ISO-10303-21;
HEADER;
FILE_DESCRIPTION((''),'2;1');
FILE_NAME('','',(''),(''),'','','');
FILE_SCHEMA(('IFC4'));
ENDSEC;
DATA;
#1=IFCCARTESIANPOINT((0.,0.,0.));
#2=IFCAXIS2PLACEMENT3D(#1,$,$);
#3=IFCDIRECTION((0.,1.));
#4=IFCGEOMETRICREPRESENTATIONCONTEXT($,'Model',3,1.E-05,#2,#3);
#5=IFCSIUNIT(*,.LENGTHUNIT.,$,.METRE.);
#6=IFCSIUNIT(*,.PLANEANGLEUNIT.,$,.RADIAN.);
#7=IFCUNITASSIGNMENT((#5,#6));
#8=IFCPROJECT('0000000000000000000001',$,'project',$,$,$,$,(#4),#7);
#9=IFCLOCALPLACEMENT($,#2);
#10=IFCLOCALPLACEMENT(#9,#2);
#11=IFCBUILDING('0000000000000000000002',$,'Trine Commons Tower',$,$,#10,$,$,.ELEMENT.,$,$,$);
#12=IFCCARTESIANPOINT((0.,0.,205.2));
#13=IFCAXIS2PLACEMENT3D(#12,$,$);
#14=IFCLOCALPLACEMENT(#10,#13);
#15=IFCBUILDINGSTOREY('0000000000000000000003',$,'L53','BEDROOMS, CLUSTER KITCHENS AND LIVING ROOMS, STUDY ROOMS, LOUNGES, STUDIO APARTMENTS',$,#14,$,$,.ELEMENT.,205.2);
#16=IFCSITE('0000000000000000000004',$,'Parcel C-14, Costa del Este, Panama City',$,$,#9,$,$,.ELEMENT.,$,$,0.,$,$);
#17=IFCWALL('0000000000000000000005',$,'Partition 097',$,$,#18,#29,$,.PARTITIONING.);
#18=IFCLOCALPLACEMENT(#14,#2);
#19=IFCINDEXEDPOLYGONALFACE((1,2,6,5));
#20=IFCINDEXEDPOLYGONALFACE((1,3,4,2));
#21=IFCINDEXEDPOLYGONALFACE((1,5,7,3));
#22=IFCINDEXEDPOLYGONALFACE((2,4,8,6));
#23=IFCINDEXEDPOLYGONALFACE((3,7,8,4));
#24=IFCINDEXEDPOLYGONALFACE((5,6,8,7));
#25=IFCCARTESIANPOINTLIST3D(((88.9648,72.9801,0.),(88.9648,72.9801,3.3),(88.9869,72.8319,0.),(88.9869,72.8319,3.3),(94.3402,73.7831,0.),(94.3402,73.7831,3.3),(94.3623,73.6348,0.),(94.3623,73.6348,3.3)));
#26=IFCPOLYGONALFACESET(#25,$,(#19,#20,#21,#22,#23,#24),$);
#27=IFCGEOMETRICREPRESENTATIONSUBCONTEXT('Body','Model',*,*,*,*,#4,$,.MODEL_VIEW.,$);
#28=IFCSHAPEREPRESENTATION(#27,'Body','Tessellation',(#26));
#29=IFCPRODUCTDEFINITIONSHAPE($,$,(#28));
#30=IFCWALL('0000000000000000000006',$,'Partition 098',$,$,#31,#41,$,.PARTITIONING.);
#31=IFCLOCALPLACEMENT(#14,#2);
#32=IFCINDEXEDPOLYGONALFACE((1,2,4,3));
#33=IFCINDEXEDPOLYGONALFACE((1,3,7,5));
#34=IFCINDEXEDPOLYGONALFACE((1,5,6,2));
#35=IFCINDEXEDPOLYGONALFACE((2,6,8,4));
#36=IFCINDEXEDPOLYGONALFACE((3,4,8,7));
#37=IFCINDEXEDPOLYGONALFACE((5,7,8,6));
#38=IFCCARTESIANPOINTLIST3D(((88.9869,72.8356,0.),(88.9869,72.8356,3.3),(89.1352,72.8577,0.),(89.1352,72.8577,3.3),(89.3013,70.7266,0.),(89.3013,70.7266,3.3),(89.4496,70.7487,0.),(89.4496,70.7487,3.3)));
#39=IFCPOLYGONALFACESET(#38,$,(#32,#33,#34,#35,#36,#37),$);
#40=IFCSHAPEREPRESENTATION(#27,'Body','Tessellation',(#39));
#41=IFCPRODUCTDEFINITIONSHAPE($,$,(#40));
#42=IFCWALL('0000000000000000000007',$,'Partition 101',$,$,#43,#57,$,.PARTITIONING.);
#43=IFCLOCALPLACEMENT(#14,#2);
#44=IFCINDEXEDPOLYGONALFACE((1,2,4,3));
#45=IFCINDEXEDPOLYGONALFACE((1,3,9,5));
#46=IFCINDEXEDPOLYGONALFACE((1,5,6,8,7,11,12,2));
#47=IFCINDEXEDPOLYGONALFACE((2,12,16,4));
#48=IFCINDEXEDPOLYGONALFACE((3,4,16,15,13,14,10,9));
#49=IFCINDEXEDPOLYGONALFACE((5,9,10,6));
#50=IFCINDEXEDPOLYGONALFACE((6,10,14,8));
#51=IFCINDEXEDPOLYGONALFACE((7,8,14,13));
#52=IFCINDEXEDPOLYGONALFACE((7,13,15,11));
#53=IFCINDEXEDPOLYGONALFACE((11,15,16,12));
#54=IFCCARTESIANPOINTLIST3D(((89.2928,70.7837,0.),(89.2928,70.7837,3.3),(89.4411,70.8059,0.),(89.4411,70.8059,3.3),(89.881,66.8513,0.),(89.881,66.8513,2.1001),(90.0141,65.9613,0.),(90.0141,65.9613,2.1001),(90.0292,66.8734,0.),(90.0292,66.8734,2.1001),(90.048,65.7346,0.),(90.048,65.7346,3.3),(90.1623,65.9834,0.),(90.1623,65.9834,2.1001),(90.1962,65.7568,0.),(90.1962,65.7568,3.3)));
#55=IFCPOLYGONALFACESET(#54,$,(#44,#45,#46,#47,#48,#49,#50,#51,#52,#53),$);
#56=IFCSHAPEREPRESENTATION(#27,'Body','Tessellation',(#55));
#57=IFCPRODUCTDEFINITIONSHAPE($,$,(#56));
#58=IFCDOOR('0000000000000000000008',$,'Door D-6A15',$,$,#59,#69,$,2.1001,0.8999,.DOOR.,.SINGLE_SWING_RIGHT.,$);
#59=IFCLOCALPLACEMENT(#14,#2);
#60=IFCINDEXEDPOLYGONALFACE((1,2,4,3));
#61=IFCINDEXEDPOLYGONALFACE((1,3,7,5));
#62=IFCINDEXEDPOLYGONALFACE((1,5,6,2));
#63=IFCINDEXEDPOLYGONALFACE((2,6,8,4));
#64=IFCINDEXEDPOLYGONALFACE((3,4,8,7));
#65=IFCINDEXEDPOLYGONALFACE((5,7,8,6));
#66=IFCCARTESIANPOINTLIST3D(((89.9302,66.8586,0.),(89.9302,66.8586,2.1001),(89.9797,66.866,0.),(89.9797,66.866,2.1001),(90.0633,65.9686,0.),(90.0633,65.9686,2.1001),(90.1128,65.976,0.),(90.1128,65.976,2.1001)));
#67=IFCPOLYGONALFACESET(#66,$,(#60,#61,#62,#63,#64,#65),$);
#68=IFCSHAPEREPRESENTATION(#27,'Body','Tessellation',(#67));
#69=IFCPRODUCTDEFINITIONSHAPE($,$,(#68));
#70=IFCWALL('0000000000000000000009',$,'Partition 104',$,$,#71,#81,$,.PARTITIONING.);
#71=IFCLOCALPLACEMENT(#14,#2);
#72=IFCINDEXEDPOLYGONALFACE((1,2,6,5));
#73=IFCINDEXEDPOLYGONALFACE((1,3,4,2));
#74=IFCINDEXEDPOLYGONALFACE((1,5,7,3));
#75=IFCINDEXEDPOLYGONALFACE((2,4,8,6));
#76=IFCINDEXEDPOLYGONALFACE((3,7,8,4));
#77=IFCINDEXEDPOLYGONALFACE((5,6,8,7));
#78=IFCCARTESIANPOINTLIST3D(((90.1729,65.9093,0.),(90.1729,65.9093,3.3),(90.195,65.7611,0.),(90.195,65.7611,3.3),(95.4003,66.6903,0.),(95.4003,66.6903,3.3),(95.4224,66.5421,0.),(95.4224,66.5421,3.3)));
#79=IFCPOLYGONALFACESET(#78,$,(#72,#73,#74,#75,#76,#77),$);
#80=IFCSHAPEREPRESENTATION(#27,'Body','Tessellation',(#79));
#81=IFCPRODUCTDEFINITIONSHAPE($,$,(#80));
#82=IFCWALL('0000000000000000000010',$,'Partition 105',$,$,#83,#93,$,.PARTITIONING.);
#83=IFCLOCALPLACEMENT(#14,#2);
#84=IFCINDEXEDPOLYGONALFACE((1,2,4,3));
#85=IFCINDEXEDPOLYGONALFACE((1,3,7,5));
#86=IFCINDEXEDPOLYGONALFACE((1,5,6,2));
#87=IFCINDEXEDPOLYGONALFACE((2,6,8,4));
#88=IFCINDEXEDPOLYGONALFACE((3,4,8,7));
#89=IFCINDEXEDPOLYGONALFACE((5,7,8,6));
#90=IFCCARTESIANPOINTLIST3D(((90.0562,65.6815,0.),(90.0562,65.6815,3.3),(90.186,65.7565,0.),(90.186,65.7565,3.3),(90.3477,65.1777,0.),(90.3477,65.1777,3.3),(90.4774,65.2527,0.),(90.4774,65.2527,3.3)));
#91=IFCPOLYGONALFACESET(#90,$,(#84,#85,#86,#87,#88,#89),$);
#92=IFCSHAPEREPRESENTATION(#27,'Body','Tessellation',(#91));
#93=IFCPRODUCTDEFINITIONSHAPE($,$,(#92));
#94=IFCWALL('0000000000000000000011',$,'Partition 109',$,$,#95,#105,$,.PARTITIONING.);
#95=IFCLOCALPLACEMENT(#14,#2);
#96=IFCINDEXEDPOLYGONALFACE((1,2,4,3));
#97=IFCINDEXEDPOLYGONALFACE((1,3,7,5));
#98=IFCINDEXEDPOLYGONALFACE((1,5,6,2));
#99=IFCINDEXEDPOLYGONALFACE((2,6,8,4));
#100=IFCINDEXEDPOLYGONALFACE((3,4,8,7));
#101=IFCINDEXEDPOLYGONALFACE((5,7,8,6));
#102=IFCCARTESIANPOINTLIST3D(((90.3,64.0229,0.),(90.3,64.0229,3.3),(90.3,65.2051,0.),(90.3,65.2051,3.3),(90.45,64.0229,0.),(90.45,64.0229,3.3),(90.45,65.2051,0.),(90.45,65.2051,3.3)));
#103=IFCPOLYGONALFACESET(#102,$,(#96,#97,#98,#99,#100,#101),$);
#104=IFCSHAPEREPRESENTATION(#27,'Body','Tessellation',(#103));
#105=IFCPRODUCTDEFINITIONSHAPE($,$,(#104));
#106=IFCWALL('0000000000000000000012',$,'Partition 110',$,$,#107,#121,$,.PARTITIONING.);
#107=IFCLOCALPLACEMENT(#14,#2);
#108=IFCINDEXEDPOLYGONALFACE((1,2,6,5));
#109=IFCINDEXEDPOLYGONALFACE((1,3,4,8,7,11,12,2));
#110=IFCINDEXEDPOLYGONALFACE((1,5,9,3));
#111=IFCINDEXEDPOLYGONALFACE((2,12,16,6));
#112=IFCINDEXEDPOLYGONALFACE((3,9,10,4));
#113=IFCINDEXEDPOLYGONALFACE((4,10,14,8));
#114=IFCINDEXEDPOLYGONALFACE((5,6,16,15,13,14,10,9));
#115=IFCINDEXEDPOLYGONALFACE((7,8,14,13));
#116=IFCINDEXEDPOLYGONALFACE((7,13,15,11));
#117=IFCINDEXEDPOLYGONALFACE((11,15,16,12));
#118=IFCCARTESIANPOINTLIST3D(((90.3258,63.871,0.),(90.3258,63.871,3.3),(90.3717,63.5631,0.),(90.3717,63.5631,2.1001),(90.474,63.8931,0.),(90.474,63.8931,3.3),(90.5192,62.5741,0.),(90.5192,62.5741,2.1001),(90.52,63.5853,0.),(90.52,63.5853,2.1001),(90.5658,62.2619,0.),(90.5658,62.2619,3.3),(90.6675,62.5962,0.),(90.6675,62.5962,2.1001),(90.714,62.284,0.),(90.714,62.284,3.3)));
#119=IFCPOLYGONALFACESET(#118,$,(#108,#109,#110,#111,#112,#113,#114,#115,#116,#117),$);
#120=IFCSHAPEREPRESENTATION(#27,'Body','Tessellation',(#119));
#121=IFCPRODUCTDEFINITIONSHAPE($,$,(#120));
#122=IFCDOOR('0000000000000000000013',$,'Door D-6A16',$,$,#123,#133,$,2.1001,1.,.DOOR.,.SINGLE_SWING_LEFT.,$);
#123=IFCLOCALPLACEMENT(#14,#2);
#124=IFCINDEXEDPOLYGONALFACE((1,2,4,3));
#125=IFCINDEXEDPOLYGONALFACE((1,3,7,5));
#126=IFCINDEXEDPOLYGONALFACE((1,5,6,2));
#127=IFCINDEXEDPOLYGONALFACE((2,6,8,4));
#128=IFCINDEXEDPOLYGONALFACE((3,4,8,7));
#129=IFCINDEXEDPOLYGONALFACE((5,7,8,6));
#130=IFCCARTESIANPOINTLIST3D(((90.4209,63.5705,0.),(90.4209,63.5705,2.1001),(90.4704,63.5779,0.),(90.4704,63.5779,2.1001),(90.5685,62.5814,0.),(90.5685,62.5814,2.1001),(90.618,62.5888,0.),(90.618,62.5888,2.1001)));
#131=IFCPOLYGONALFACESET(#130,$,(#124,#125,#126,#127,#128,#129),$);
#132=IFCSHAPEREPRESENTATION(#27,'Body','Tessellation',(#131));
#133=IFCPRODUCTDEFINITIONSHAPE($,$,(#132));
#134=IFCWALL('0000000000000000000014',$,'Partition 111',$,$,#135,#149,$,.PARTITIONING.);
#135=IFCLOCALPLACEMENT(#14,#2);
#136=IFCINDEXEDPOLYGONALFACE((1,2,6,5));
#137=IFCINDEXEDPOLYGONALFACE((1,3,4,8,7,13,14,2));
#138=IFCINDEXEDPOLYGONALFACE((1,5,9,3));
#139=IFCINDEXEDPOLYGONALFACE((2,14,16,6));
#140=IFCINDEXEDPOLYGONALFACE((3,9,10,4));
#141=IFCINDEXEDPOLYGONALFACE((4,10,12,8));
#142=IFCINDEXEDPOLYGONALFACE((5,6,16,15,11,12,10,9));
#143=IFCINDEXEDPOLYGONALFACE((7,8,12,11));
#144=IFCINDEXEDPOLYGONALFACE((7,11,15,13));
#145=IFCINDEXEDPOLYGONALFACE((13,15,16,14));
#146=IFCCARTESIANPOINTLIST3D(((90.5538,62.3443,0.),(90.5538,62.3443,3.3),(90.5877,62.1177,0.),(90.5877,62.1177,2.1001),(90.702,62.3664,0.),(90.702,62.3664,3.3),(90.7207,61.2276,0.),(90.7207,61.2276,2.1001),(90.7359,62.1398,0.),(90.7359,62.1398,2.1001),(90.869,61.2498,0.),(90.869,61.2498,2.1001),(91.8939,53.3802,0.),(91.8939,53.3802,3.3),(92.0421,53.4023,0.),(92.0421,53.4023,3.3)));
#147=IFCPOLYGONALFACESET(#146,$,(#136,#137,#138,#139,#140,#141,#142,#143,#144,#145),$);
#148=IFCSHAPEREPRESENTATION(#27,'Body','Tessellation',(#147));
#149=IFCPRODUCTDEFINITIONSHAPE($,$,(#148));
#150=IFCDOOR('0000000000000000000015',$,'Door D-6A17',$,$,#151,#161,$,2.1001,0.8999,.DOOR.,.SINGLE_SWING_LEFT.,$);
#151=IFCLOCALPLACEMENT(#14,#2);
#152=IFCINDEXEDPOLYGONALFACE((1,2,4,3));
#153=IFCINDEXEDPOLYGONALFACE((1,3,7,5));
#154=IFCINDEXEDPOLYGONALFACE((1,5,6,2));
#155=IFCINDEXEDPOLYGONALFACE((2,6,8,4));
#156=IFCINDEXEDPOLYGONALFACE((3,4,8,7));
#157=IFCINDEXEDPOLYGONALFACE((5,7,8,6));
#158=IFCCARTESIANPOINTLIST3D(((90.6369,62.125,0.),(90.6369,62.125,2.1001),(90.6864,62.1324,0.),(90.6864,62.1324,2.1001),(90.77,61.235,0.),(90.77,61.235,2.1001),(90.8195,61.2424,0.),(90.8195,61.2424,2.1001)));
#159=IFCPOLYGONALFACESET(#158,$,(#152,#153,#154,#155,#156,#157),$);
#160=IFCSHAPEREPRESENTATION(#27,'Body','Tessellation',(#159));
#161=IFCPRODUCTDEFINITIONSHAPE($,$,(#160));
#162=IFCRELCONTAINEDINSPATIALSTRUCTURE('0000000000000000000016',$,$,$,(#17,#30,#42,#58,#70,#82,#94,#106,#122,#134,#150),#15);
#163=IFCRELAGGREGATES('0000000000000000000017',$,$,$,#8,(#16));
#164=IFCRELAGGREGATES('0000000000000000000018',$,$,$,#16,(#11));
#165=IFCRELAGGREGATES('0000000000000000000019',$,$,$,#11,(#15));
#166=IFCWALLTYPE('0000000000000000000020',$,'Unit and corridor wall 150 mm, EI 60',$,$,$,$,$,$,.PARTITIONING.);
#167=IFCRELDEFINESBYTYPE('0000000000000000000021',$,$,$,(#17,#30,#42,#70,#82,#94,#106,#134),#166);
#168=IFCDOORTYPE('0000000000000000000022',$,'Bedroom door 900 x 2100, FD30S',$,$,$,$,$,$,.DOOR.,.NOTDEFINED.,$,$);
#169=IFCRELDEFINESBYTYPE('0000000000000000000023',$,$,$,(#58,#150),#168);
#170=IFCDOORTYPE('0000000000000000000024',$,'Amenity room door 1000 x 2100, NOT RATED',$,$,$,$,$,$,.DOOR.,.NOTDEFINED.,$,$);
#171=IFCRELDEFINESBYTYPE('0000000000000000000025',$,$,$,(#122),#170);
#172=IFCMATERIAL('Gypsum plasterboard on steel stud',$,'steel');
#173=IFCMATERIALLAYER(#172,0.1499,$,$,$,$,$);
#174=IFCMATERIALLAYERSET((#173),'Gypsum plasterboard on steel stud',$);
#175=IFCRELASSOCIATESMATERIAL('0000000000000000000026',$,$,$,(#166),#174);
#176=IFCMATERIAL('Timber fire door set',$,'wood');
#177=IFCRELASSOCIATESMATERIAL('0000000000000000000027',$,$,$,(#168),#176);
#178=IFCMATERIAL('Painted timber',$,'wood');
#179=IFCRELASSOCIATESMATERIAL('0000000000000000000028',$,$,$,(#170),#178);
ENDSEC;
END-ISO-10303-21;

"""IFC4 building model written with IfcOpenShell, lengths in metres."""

from ifc_helpers import new_model, si_unit, direction, frame, frame_2d, origin, place, context, subcontext, project, spatial, rectangle, extrude, material, layer, layer_set, type_object, element, fill, save


model = new_model("IFC4")

# Units and contexts
model_context = context("Model", 3, precision=1e-05, world=origin(), true_north=direction((0.0, 1.0)))
body_context = subcontext(model_context, "Body", "Model", "MODEL_VIEW")
ifc_project = project(units=[si_unit("LENGTHUNIT", "METRE"), si_unit("PLANEANGLEUNIT", "RADIAN")], contexts=[model_context])

# Site, building, storey
site_placement = place(None, origin())
site = spatial("IfcSite", under=ifc_project, at=site_placement, Name="Parcel C-14, Costa del Este, Panama City", CompositionType="ELEMENT", RefElevation=0.0)
building_placement = place(site_placement, origin())
building = spatial("IfcBuilding", under=site, at=building_placement, Name="Trine Commons Tower", CompositionType="ELEMENT")
storey_placement = place(building_placement, frame((0.0, 0.0, 205.2)))
storey = spatial("IfcBuildingStorey", under=building, at=storey_placement, Name="L53", Description="BEDROOMS, CLUSTER KITCHENS AND LIVING ROOMS, STUDY ROOMS, LOUNGES, STUDIO APARTMENTS", CompositionType="ELEMENT", Elevation=205.2)

# Walls
ifc_material_1 = material(Name="Gypsum plasterboard on steel stud", Category="steel")
ifc_layer_1 = layer(ifc_material_1, 0.1499)
ifc_layer_set_1 = layer_set([ifc_layer_1], Name="Gypsum plasterboard on steel stud")
wall_type_1 = type_object("IfcWallType", Name="Unit and corridor wall 150 mm, EI 60", PredefinedType="PARTITIONING", material=ifc_layer_set_1)
wall_1_placement = place(storey_placement, frame((88.9758, 72.906, 0.0), z_axis=(0.0, 0.0, 1.0), x_axis=(0.989026, 0.147739, 0.0)))
element("IfcWall", 1, at=wall_1_placement, inside=storey, type_object=wall_type_1, Name="Partition 097", PredefinedType="PARTITIONING", context=body_context, shape_type="SweptSolid", body=[
    extrude(rectangle(XDim=5.4351, YDim=0.1499, at=frame_2d((2.7175, 0.0))), origin(), (0.0, 0.0, 1.0), 3.3),
])
wall_2_placement = place(storey_placement, frame((89.061, 72.8467, 0.0), z_axis=(0.0, 0.0, 1.0), x_axis=(0.147461, -0.989068, 0.0)))
element("IfcWall", 2, at=wall_2_placement, inside=storey, type_object=wall_type_1, Name="Partition 098", PredefinedType="PARTITIONING", context=body_context, shape_type="SweptSolid", body=[
    extrude(rectangle(XDim=2.1323, YDim=0.1499, at=frame_2d((1.0662, 0.0))), origin(), (0.0, 0.0, 1.0), 3.3),
])

# Wall, opening, door
wall_3_placement = place(storey_placement, frame((89.3669, 70.7949, 0.0), z_axis=(0.0, 0.0, 1.0), x_axis=(0.147912, -0.989, 0.0)))
wall_3 = element("IfcWall", 3, at=wall_3_placement, inside=storey, type_object=wall_type_1, Name="Partition 101", PredefinedType="PARTITIONING", context=body_context, shape_type="SweptSolid", body=[
    extrude(rectangle(XDim=5.1052, YDim=0.1499, at=frame_2d((2.5527, 0.0))), origin(), (0.0, 0.0, 1.0), 3.3),
])
opening_1_placement = place(wall_3_placement, frame((3.9763, 0.0, 0.0)))
opening_1 = element("IfcOpeningElement", 4, at=opening_1_placement, cuts=wall_3, PredefinedType="OPENING", context=body_context, shape_type="SweptSolid", body=[
    extrude(rectangle(XDim=0.8999, YDim=2.1001, at=frame_2d((0.45, 1.05))), frame((0.0, 0.085, 0.0), z_axis=(0.0, -1.0, 0.0), x_axis=(1.0, 0.0, 0.0)), (0.0, 0.0, 1.0), 0.1699),
])
ifc_material_2 = material(Name="Timber fire door set", Category="wood")
door_type_1 = type_object("IfcDoorType", Name="Bedroom door 900 x 2100, FD30S", OperationType="NOTDEFINED", PredefinedType="DOOR", material=ifc_material_2)
door_1_placement = place(opening_1_placement, origin())
door_1 = element("IfcDoor", 5, at=door_1_placement, inside=storey, type_object=door_type_1, Name="Door D-6A15", OperationType="SINGLE_SWING_RIGHT", OverallHeight=2.1001, OverallWidth=0.8999, PredefinedType="DOOR", context=body_context, shape_type="SweptSolid", body=[
    extrude(rectangle(XDim=0.8999, YDim=2.1001, at=frame_2d((0.45, 1.05))), frame((0.0, 0.0249, 0.0), z_axis=(0.0, -1.0, 0.0), x_axis=(1.0, 0.0, 0.0)), (0.0, 0.0, 1.0), 0.05),
])
fill(opening_1, door_1)

# Walls
wall_4_placement = place(storey_placement, frame((90.1841, 65.8352, 0.0), z_axis=(0.0, 0.0, 1.0), x_axis=(0.989022, 0.147769, 0.0)))
element("IfcWall", 6, at=wall_4_placement, inside=storey, type_object=wall_type_1, Name="Partition 104", PredefinedType="PARTITIONING", context=body_context, shape_type="SweptSolid", body=[
    extrude(rectangle(XDim=5.2854, YDim=0.1499, at=frame_2d((2.6426, 0.0))), origin(), (0.0, 0.0, 1.0), 3.3),
])
wall_5_placement = place(storey_placement, frame((90.1211, 65.719, 0.0), z_axis=(0.0, 0.0, 1.0), x_axis=(0.500739, -0.865599, 0.0)))
element("IfcWall", 7, at=wall_5_placement, inside=storey, type_object=wall_type_1, Name="Partition 105", PredefinedType="PARTITIONING", context=body_context, shape_type="SweptSolid", body=[
    extrude(rectangle(XDim=0.582, YDim=0.1499, at=frame_2d((0.291, 0.0))), origin(), (0.0, 0.0, 1.0), 3.3),
])
wall_6_placement = place(storey_placement, frame((90.375, 64.0229, 0.0), z_axis=(0.0, 0.0, 1.0), x_axis=(0.0, 1.0, 0.0)))
element("IfcWall", 8, at=wall_6_placement, inside=storey, type_object=wall_type_1, Name="Partition 109", PredefinedType="PARTITIONING", context=body_context, shape_type="SweptSolid", body=[
    extrude(rectangle(XDim=1.1821, YDim=0.1499, at=frame_2d((0.5911, 0.0))), origin(), (0.0, 0.0, 1.0), 3.3),
])

# Walls, openings, doors
wall_7_placement = place(storey_placement, frame((90.3999, 63.8821, 0.0), z_axis=(0.0, 0.0, 1.0), x_axis=(0.147511, -0.98906, 0.0)))
wall_7 = element("IfcWall", 9, at=wall_7_placement, inside=storey, type_object=wall_type_1, Name="Partition 110", PredefinedType="PARTITIONING", context=body_context, shape_type="SweptSolid", body=[
    extrude(rectangle(XDim=1.627, YDim=0.1499, at=frame_2d((0.8135, 0.0))), origin(), (0.0, 0.0, 1.0), 3.3),
])
opening_2_placement = place(wall_7_placement, frame((0.3113, 0.0, 0.0)))
opening_2 = element("IfcOpeningElement", 10, at=opening_2_placement, cuts=wall_7, PredefinedType="OPENING", context=body_context, shape_type="SweptSolid", body=[
    extrude(rectangle(XDim=1.0, YDim=2.1001, at=frame_2d((0.5, 1.05))), frame((0.0, 0.085, 0.0), z_axis=(0.0, -1.0, 0.0), x_axis=(1.0, 0.0, 0.0)), (0.0, 0.0, 1.0), 0.1699),
])
ifc_material_3 = material(Name="Painted timber", Category="wood")
door_type_2 = type_object("IfcDoorType", Name="Amenity room door 1000 x 2100, NOT RATED", OperationType="NOTDEFINED", PredefinedType="DOOR", material=ifc_material_3)
door_2_placement = place(opening_2_placement, origin())
door_2 = element("IfcDoor", 11, at=door_2_placement, inside=storey, type_object=door_type_2, Name="Door D-6A16", OperationType="SINGLE_SWING_LEFT", OverallHeight=2.1001, OverallWidth=1.0, PredefinedType="DOOR", context=body_context, shape_type="SweptSolid", body=[
    extrude(rectangle(XDim=1.0, YDim=2.1001, at=frame_2d((0.5, 1.05))), frame((0.0, 0.0249, 0.0), z_axis=(0.0, -1.0, 0.0), x_axis=(1.0, 0.0, 0.0)), (0.0, 0.0, 1.0), 0.05),
])
fill(opening_2, door_2)
wall_8_placement = place(storey_placement, frame((90.6279, 62.3552, 0.0), z_axis=(0.0, 0.0, 1.0), x_axis=(0.147852, -0.98901, 0.0)))
wall_8 = element("IfcWall", 12, at=wall_8_placement, inside=storey, type_object=wall_type_1, Name="Partition 111", PredefinedType="PARTITIONING", context=body_context, shape_type="SweptSolid", body=[
    extrude(rectangle(XDim=9.0637, YDim=0.1499, at=frame_2d((4.5317, 0.0))), origin(), (0.0, 0.0, 1.0), 3.3),
])
opening_3_placement = place(wall_8_placement, frame((0.229, 0.0, 0.0)))
opening_3 = element("IfcOpeningElement", 13, at=opening_3_placement, cuts=wall_8, PredefinedType="OPENING", context=body_context, shape_type="SweptSolid", body=[
    extrude(rectangle(XDim=0.8999, YDim=2.1001, at=frame_2d((0.45, 1.05))), frame((0.0, 0.085, 0.0), z_axis=(0.0, -1.0, 0.0), x_axis=(1.0, 0.0, 0.0)), (0.0, 0.0, 1.0), 0.1699),
])
door_3_placement = place(opening_3_placement, origin())
door_3 = element("IfcDoor", 14, at=door_3_placement, inside=storey, type_object=door_type_1, Name="Door D-6A17", OperationType="SINGLE_SWING_LEFT", OverallHeight=2.1001, OverallWidth=0.8999, PredefinedType="DOOR", context=body_context, shape_type="SweptSolid", body=[
    extrude(rectangle(XDim=0.8999, YDim=2.1001, at=frame_2d((0.45, 1.05))), frame((0.0, 0.0249, 0.0), z_axis=(0.0, -1.0, 0.0), x_axis=(1.0, 0.0, 0.0)), (0.0, 0.0, 1.0), 0.05),
])
fill(opening_3, door_3)

save(model, "model.ifc")
